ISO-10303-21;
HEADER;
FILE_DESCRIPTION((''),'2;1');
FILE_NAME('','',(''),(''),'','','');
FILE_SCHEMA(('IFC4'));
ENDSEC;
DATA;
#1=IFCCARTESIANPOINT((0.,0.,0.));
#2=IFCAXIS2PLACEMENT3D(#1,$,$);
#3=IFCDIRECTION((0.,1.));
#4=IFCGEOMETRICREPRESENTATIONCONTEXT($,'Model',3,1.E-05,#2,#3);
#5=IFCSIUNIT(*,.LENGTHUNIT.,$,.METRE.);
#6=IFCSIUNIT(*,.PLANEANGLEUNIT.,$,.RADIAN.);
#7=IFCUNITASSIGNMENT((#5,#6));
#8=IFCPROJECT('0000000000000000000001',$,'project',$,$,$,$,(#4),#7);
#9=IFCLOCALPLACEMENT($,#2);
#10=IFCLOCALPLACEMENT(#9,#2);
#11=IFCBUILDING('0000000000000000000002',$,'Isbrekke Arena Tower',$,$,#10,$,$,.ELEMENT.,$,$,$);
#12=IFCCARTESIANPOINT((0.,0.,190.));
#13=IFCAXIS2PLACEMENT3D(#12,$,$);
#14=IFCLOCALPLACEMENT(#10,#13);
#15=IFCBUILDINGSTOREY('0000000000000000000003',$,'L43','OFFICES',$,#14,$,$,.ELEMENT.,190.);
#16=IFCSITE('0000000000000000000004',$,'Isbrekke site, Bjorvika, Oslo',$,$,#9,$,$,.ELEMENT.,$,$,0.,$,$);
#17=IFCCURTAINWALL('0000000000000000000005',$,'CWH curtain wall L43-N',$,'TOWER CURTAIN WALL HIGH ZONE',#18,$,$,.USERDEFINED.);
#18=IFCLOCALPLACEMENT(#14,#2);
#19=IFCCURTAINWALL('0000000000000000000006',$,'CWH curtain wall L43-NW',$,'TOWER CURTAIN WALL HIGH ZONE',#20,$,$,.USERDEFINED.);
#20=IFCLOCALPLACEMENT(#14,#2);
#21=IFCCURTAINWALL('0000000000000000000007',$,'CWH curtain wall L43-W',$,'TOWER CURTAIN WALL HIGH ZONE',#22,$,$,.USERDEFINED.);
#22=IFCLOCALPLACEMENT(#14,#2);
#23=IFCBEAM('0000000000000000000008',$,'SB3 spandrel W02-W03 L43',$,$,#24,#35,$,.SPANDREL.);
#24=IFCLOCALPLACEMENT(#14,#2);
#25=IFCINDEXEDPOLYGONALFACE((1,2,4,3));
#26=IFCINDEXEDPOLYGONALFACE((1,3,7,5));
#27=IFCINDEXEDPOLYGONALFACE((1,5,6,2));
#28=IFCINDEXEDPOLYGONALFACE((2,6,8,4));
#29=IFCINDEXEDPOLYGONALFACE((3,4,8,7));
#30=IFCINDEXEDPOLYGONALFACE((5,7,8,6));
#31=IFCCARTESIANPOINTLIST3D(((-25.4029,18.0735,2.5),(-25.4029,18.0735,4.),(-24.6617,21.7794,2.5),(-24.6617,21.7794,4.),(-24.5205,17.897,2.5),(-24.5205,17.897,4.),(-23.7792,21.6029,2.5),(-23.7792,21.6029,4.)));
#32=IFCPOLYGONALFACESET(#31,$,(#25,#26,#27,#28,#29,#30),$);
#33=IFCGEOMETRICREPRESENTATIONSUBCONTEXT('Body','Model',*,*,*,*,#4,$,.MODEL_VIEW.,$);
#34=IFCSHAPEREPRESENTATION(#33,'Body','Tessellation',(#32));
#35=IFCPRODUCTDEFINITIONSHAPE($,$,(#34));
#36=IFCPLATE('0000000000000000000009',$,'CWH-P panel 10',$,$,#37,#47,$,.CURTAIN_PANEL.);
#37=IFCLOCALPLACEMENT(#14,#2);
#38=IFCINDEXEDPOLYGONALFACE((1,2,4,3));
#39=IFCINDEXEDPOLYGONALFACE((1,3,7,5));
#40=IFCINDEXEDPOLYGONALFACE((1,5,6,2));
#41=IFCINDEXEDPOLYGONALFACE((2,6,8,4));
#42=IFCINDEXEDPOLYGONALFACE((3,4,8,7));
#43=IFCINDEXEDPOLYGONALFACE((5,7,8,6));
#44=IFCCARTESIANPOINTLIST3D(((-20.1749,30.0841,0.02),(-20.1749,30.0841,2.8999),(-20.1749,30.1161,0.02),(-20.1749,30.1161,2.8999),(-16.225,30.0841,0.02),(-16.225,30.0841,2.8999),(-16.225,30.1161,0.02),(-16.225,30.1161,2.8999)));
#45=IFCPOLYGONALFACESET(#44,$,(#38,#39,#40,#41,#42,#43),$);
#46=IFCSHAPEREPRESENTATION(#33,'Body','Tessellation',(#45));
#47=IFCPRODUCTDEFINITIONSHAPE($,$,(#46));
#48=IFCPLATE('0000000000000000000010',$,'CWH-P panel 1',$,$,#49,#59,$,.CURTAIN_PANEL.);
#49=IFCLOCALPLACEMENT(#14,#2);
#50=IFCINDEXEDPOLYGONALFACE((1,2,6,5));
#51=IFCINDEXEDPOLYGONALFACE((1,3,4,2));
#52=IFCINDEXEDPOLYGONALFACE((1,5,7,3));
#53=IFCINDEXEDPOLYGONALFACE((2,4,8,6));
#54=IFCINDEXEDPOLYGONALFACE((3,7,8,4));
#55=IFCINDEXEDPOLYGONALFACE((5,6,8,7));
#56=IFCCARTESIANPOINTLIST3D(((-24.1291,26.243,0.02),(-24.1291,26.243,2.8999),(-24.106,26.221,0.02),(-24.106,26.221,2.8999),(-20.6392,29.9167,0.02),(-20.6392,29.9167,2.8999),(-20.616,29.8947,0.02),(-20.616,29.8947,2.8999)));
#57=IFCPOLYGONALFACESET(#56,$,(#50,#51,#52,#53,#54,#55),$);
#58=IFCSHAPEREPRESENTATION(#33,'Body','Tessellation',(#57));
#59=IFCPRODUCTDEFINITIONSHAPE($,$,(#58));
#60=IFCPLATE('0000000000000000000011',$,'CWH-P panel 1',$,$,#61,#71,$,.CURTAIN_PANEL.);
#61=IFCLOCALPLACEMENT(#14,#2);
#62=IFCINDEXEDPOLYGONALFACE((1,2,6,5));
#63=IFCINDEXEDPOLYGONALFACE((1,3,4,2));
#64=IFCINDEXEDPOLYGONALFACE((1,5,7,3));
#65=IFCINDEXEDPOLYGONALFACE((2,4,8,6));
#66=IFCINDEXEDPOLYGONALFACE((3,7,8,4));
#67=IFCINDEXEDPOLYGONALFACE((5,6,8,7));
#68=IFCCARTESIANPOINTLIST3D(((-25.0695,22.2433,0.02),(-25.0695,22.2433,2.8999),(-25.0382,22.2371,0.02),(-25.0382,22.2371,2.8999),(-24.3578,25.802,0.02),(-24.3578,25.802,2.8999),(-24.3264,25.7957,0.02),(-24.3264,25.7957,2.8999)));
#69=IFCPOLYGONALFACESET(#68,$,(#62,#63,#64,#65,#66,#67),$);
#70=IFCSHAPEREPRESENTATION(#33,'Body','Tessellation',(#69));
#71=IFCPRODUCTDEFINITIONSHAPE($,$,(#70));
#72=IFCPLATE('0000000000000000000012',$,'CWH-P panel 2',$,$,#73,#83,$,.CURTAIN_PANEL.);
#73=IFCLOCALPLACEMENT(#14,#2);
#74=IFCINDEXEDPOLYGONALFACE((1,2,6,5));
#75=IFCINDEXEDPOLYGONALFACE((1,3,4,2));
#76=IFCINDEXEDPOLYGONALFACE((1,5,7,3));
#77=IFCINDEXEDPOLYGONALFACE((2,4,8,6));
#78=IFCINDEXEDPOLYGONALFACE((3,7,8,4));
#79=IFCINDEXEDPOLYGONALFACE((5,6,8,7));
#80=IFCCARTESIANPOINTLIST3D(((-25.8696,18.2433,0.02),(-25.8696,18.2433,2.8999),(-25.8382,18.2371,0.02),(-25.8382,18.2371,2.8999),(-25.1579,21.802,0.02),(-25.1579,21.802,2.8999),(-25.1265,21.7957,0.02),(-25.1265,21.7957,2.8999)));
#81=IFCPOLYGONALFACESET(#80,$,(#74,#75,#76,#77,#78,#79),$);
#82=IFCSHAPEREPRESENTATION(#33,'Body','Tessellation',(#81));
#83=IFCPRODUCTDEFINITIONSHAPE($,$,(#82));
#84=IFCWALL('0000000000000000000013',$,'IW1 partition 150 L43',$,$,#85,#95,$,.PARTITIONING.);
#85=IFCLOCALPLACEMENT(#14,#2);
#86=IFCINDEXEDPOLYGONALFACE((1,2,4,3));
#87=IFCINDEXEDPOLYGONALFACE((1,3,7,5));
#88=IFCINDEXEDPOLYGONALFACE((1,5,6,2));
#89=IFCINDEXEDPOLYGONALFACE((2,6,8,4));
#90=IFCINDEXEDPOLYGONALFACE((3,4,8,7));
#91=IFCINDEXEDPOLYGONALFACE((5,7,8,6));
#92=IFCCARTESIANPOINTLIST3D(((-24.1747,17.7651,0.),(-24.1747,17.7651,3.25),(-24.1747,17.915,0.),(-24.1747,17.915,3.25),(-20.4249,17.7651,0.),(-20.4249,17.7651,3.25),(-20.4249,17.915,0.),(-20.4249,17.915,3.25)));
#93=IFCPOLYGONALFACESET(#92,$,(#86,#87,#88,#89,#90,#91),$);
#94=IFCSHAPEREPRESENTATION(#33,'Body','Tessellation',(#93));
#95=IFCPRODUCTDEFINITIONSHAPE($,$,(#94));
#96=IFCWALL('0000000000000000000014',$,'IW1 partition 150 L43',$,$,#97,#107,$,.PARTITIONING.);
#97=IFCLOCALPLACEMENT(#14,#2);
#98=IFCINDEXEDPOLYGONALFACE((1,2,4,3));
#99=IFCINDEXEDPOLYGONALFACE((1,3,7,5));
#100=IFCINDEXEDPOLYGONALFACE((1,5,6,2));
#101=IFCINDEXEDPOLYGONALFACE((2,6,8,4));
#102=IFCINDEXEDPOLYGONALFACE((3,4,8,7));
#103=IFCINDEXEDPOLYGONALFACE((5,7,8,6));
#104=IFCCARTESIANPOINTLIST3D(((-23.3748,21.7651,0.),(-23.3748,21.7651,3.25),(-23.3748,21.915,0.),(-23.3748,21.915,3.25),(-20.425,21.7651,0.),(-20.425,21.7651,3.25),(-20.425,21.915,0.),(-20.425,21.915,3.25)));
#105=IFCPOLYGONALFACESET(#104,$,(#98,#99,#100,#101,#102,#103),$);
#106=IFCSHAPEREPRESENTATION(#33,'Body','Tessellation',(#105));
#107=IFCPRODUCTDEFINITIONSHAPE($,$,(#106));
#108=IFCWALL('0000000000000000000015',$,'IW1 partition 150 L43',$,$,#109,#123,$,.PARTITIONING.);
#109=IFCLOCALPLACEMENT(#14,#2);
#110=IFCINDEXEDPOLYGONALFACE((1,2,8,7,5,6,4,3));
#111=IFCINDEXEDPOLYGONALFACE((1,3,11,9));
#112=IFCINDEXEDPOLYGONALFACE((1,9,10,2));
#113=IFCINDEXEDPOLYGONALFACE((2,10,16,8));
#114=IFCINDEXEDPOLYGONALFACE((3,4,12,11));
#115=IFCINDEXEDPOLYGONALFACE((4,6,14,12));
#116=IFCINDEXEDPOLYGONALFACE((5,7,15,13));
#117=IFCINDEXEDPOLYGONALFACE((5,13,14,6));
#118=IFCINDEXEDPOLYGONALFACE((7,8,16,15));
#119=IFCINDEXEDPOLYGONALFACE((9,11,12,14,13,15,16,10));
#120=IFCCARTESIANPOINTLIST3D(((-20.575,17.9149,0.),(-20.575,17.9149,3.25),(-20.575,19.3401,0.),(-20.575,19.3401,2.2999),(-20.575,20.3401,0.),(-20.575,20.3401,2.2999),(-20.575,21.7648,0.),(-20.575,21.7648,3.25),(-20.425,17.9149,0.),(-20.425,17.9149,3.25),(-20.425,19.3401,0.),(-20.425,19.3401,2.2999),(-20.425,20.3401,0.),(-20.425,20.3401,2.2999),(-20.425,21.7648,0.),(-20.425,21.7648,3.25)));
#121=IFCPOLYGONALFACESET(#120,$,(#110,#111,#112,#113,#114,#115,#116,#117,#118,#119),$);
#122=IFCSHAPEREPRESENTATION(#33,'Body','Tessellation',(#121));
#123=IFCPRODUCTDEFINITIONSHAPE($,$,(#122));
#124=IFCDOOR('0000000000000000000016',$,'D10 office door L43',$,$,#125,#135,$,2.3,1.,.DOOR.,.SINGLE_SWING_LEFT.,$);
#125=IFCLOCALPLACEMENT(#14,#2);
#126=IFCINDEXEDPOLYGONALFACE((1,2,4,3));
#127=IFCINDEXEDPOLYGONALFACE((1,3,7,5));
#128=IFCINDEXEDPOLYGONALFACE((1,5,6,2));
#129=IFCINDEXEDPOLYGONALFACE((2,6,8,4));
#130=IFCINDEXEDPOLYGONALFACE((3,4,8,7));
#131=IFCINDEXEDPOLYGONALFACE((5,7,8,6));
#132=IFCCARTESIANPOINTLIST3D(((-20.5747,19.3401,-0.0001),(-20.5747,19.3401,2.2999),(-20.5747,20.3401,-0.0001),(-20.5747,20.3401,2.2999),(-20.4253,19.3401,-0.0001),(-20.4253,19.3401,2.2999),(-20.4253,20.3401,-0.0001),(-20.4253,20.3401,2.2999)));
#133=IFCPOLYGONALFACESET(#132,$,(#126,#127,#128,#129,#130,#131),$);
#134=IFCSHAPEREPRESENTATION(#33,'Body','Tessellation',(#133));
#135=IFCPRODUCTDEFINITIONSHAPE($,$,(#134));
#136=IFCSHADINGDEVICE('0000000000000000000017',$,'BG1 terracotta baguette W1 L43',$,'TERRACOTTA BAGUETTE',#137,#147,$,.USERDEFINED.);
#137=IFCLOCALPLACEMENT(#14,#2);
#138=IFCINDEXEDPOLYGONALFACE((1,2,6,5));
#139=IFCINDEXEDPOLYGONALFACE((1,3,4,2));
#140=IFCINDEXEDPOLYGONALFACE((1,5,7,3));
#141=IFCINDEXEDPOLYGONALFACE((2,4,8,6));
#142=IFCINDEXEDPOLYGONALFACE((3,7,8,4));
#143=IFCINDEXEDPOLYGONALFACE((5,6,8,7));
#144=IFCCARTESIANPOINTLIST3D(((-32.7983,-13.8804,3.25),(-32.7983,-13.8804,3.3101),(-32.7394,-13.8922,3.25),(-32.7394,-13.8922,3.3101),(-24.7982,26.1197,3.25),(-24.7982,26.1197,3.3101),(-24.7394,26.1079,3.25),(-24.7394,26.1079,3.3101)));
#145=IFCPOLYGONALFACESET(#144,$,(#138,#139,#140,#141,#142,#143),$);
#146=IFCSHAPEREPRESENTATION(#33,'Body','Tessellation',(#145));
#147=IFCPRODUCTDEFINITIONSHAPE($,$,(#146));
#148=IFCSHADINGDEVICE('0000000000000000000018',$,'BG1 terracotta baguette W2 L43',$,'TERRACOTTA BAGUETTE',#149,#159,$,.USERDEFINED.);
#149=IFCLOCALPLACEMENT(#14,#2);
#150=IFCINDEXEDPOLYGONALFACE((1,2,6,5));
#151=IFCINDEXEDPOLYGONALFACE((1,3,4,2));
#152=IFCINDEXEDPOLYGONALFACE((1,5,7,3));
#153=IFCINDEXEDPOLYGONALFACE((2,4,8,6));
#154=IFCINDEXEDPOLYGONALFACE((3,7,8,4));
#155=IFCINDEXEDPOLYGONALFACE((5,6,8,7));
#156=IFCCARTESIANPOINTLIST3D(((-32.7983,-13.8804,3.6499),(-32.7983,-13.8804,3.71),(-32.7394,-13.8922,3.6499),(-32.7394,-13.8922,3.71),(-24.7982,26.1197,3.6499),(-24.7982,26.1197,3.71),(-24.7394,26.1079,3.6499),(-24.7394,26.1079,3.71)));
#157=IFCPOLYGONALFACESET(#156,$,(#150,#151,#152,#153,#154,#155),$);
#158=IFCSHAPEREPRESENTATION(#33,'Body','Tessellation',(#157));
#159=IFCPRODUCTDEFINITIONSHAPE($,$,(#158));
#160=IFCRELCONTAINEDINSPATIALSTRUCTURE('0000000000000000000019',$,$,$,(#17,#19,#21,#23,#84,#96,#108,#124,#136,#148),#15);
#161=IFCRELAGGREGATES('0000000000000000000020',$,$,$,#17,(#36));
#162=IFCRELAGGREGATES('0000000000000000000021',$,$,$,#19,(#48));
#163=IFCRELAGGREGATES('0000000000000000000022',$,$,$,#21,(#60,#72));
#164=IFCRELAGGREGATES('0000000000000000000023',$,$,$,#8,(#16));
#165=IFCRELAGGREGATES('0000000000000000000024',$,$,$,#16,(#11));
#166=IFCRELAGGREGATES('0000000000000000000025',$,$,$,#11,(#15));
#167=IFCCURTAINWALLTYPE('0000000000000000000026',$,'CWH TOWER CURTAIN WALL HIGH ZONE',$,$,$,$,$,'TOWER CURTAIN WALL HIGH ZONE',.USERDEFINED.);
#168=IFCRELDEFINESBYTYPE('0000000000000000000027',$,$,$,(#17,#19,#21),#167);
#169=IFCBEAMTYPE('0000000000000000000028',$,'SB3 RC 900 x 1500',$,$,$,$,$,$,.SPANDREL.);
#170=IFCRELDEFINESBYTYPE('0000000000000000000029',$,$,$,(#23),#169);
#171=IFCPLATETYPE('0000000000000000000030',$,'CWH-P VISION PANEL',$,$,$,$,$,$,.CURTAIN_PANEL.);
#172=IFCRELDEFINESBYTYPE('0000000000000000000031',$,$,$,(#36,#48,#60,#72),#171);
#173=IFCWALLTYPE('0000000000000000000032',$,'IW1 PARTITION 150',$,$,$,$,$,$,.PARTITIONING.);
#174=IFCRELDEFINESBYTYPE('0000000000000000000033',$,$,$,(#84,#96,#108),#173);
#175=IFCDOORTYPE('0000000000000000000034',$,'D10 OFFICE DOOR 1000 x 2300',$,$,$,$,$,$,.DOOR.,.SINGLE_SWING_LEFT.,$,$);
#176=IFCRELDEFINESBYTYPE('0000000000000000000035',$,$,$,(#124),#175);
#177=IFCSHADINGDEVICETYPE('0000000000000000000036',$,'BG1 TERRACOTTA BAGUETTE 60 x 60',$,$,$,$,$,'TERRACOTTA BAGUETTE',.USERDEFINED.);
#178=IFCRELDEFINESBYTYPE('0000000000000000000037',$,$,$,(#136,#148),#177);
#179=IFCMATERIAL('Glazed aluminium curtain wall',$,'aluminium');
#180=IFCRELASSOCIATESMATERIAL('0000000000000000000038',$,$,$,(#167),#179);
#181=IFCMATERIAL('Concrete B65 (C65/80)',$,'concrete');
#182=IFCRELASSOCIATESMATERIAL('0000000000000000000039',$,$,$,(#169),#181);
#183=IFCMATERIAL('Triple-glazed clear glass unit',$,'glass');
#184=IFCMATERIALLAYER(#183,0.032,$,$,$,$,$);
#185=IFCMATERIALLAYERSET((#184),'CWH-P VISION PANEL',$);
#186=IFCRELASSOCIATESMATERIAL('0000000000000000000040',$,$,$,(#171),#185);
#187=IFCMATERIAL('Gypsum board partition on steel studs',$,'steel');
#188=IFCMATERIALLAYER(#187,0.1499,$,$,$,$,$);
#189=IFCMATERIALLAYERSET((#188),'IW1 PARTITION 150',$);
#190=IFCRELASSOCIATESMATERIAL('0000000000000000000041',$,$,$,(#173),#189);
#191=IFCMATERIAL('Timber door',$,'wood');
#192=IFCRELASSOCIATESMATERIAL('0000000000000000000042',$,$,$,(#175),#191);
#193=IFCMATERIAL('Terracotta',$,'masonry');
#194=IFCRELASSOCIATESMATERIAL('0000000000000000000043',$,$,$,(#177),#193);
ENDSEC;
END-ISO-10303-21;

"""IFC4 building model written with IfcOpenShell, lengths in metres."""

from ifc_helpers import new_model, si_unit, direction, frame, frame_2d, origin, origin_2d, place, context, subcontext, project, spatial, rectangle, extrude, material, layer, layer_set, material_profile, profile_set, type_object, element, fill, aggregate, save


model = new_model("IFC4")

# Units and contexts
model_context = context("Model", 3, precision=1e-05, world=origin(), true_north=direction((0.0, 1.0)))
body_context = subcontext(model_context, "Body", "Model", "MODEL_VIEW")
ifc_project = project(units=[si_unit("LENGTHUNIT", "METRE"), si_unit("PLANEANGLEUNIT", "RADIAN")], contexts=[model_context])

# Site, building, storey
site_placement = place(None, origin())
site = spatial("IfcSite", under=ifc_project, at=site_placement, Name="Isbrekke site, Bjorvika, Oslo", CompositionType="ELEMENT", RefElevation=0.0)
building_placement = place(site_placement, origin())
building = spatial("IfcBuilding", under=site, at=building_placement, Name="Isbrekke Arena Tower", CompositionType="ELEMENT")
storey_placement = place(building_placement, frame((0.0, 0.0, 190.0)))
storey = spatial("IfcBuildingStorey", under=building, at=storey_placement, Name="L43", Description="OFFICES", CompositionType="ELEMENT", Elevation=190.0)

# Curtain walls
ifc_material_1 = material(Name="Glazed aluminium curtain wall", Category="aluminium")
curtain_wall_type = type_object("IfcCurtainWallType", Name="CWH TOWER CURTAIN WALL HIGH ZONE", ElementType="TOWER CURTAIN WALL HIGH ZONE", PredefinedType="USERDEFINED", material=ifc_material_1)
curtain_wall_1_placement = place(storey_placement, origin())
curtain_wall_1 = element("IfcCurtainWall", 1, at=curtain_wall_1_placement, inside=storey, type_object=curtain_wall_type, Name="CWH curtain wall L43-N", ObjectType="TOWER CURTAIN WALL HIGH ZONE", PredefinedType="USERDEFINED")
curtain_wall_2_placement = place(storey_placement, origin())
curtain_wall_2 = element("IfcCurtainWall", 2, at=curtain_wall_2_placement, inside=storey, type_object=curtain_wall_type, Name="CWH curtain wall L43-NW", ObjectType="TOWER CURTAIN WALL HIGH ZONE", PredefinedType="USERDEFINED")

# Curtain wall
curtain_wall_3_placement = place(storey_placement, origin())
curtain_wall_3 = element("IfcCurtainWall", 3, at=curtain_wall_3_placement, inside=storey, type_object=curtain_wall_type, Name="CWH curtain wall L43-W", ObjectType="TOWER CURTAIN WALL HIGH ZONE", PredefinedType="USERDEFINED")

# Beam
ifc_material_2 = material(Name="Concrete B65 (C65/80)", Category="concrete")
ifc_material_profile_1 = material_profile(ifc_material_2, rectangle(XDim=0.8999, YDim=1.5, at=origin_2d()), Name="RC 900x1500")
ifc_profile_set_1 = profile_set([ifc_material_profile_1], Name="Concrete B65 (C65/80)")
beam_type_1 = type_object("IfcBeamType", Name="SB3 RC 900 x 1500", PredefinedType="SPANDREL", material=ifc_profile_set_1)
beam_1_placement = place(storey_placement, frame((-24.2205, 21.6912, 3.25), z_axis=(-0.196129, -0.980578, 0.0), x_axis=(0.980578, -0.196129, 0.0)))
element("IfcBeam", 4, at=beam_1_placement, inside=storey, type_object=beam_type_1, Name="SB3 spandrel W02-W03 L43", PredefinedType="SPANDREL", context=body_context, shape_type="SweptSolid", body=[
    extrude(rectangle(XDim=0.8999, YDim=1.5, at=origin_2d()), origin(), (0.0, 0.0, 1.0), 3.7793),
])

# Plates
ifc_material_3 = material(Name="Triple-glazed clear glass unit", Category="glass")
ifc_layer_1 = layer(ifc_material_3, 0.032)
ifc_layer_set_1 = layer_set([ifc_layer_1], Name="CWH-P VISION PANEL")
plate_type = type_object("IfcPlateType", Name="CWH-P VISION PANEL", PredefinedType="CURTAIN_PANEL", material=ifc_layer_set_1)
plate_1_placement = place(storey_placement, frame((-18.2, 30.1001, 0.02), z_axis=(0.0, 0.0, 1.0), x_axis=(-1.0, 0.0, 0.0)))
plate_1 = element("IfcPlate", 5, at=plate_1_placement, type_object=plate_type, Name="CWH-P panel 10", PredefinedType="CURTAIN_PANEL", context=body_context, shape_type="SweptSolid", body=[
    extrude(rectangle(XDim=3.95, YDim=0.032, at=origin_2d()), origin(), (0.0, 0.0, 1.0), 2.8799),
])
aggregate(curtain_wall_1, [plate_1])
plate_2_placement = place(storey_placement, frame((-22.3726, 28.0688, 0.02), z_axis=(0.0, 0.0, 1.0), x_axis=(-0.688749, -0.724999, 0.0)))
plate_2 = element("IfcPlate", 6, at=plate_2_placement, type_object=plate_type, Name="CWH-P panel 1", PredefinedType="CURTAIN_PANEL", context=body_context, shape_type="SweptSolid", body=[
    extrude(rectangle(XDim=5.0671, YDim=0.032, at=origin_2d()), origin(), (0.0, 0.0, 1.0), 2.8799),
])
aggregate(curtain_wall_2, [plate_2])
plate_3_placement = place(storey_placement, frame((-24.698, 24.0195, 0.02), z_axis=(0.0, 0.0, 1.0), x_axis=(-0.196116, -0.980581, 0.0)))
plate_3 = element("IfcPlate", 7, at=plate_3_placement, type_object=plate_type, Name="CWH-P panel 1", PredefinedType="CURTAIN_PANEL", context=body_context, shape_type="SweptSolid", body=[
    extrude(rectangle(XDim=3.6292, YDim=0.032, at=origin_2d()), origin(), (0.0, 0.0, 1.0), 2.8799),
])
plate_4_placement = place(storey_placement, frame((-25.498, 20.0195, 0.02), z_axis=(0.0, 0.0, 1.0), x_axis=(-0.196116, -0.980581, 0.0)))
plate_4 = element("IfcPlate", 8, at=plate_4_placement, type_object=plate_type, Name="CWH-P panel 2", PredefinedType="CURTAIN_PANEL", context=body_context, shape_type="SweptSolid", body=[
    extrude(rectangle(XDim=3.6292, YDim=0.032, at=origin_2d()), origin(), (0.0, 0.0, 1.0), 2.8799),
])
aggregate(curtain_wall_3, [plate_3, plate_4])

# Walls
ifc_material_4 = material(Name="Gypsum board partition on steel studs", Category="steel")
ifc_layer_2 = layer(ifc_material_4, 0.1499)
ifc_layer_set_2 = layer_set([ifc_layer_2], Name="IW1 PARTITION 150")
wall_type = type_object("IfcWallType", Name="IW1 PARTITION 150", PredefinedType="PARTITIONING", material=ifc_layer_set_2)
wall_1_placement = place(storey_placement, frame((-24.1748, 17.8401, 0.0), z_axis=(0.0, 0.0, 1.0), x_axis=(1.0, 0.0, 0.0)))
element("IfcWall", 9, at=wall_1_placement, inside=storey, type_object=wall_type, Name="IW1 partition 150 L43", PredefinedType="PARTITIONING", context=body_context, shape_type="SweptSolid", body=[
    extrude(rectangle(XDim=3.7498, YDim=0.1499, at=frame_2d((1.875, 0.0))), origin(), (0.0, 0.0, 1.0), 3.25),
])
wall_2_placement = place(storey_placement, frame((-23.3748, 21.8401, 0.0), z_axis=(0.0, 0.0, 1.0), x_axis=(1.0, 0.0, 0.0)))
element("IfcWall", 10, at=wall_2_placement, inside=storey, type_object=wall_type, Name="IW1 partition 150 L43", PredefinedType="PARTITIONING", context=body_context, shape_type="SweptSolid", body=[
    extrude(rectangle(XDim=2.9497, YDim=0.1499, at=frame_2d((1.4749, 0.0))), origin(), (0.0, 0.0, 1.0), 3.25),
])

# Wall, opening, door
wall_3_placement = place(storey_placement, frame((-20.5, 17.915, 0.0), z_axis=(0.0, 0.0, 1.0), x_axis=(0.0, 1.0, 0.0)))
wall_3 = element("IfcWall", 11, at=wall_3_placement, inside=storey, type_object=wall_type, Name="IW1 partition 150 L43", PredefinedType="PARTITIONING", context=body_context, shape_type="SweptSolid", body=[
    extrude(rectangle(XDim=3.8499, YDim=0.1499, at=frame_2d((1.9248, 0.0))), origin(), (0.0, 0.0, 1.0), 3.25),
])
opening_placement = place(wall_3_placement, frame((1.425, 0.0, 0.0)))
opening = element("IfcOpeningElement", 12, at=opening_placement, cuts=wall_3, PredefinedType="OPENING", context=body_context, shape_type="SweptSolid", body=[
    extrude(rectangle(XDim=1.0, YDim=2.3, at=frame_2d((0.5, 1.1499))), frame((0.0, 0.0898, 0.0), z_axis=(0.0, -1.0, 0.0), x_axis=(1.0, 0.0, 0.0)), (0.0, 0.0, 1.0), 0.1797),
])
ifc_material_5 = material(Name="Timber door", Category="wood")
door_type = type_object("IfcDoorType", Name="D10 OFFICE DOOR 1000 x 2300", OperationType="SINGLE_SWING_LEFT", PredefinedType="DOOR", material=ifc_material_5)
door_placement = place(opening_placement, origin())
door = element("IfcDoor", 13, at=door_placement, inside=storey, type_object=door_type, Name="D10 office door L43", OperationType="SINGLE_SWING_LEFT", OverallHeight=2.3, OverallWidth=1.0, PredefinedType="DOOR", context=body_context, shape_type="SweptSolid", body=[
    extrude(rectangle(XDim=1.0, YDim=2.3, at=frame_2d((0.5, 1.1499))), frame((0.0, 0.0747, 0.0), z_axis=(0.0, -1.0, 0.0), x_axis=(1.0, 0.0, 0.0)), (0.0, 0.0, 1.0), 0.1494),
])
fill(opening, door)

# Shading devices
ifc_material_6 = material(Name="Terracotta", Category="masonry")
ifc_material_profile_2 = material_profile(ifc_material_6, rectangle(XDim=0.0601, YDim=0.0601, at=origin_2d()), Name="BAGUETTE 60X60")
ifc_profile_set_2 = profile_set([ifc_material_profile_2], Name="Terracotta")
shading_device_type = type_object("IfcShadingDeviceType", Name="BG1 TERRACOTTA BAGUETTE 60 x 60", ElementType="TERRACOTTA BAGUETTE", PredefinedType="USERDEFINED", material=ifc_profile_set_2)
for number, where, z_axis, x_axis, name in (
    (14, (-24.7688, 26.1138, 3.28), (-0.196116, -0.980581, 0.0), (0.980581, -0.196116, 0.0), "BG1 terracotta baguette W1 L43"),
    (15, (-24.7688, 26.1138, 3.6799), (-0.196116, -0.980581, 0.0), (0.980581, -0.196116, 0.0), "BG1 terracotta baguette W2 L43"),
):
    element("IfcShadingDevice", number, at=place(storey_placement, frame(where, z_axis=z_axis, x_axis=x_axis)), inside=storey, type_object=shading_device_type, Name=name, ObjectType="TERRACOTTA BAGUETTE", PredefinedType="USERDEFINED", context=body_context, shape_type="SweptSolid", body=[
        extrude(rectangle(XDim=0.0601, YDim=0.0601, at=origin_2d()), origin(), (0.0, 0.0, 1.0), 40.7922),
    ])

save(model, "model.ifc")
